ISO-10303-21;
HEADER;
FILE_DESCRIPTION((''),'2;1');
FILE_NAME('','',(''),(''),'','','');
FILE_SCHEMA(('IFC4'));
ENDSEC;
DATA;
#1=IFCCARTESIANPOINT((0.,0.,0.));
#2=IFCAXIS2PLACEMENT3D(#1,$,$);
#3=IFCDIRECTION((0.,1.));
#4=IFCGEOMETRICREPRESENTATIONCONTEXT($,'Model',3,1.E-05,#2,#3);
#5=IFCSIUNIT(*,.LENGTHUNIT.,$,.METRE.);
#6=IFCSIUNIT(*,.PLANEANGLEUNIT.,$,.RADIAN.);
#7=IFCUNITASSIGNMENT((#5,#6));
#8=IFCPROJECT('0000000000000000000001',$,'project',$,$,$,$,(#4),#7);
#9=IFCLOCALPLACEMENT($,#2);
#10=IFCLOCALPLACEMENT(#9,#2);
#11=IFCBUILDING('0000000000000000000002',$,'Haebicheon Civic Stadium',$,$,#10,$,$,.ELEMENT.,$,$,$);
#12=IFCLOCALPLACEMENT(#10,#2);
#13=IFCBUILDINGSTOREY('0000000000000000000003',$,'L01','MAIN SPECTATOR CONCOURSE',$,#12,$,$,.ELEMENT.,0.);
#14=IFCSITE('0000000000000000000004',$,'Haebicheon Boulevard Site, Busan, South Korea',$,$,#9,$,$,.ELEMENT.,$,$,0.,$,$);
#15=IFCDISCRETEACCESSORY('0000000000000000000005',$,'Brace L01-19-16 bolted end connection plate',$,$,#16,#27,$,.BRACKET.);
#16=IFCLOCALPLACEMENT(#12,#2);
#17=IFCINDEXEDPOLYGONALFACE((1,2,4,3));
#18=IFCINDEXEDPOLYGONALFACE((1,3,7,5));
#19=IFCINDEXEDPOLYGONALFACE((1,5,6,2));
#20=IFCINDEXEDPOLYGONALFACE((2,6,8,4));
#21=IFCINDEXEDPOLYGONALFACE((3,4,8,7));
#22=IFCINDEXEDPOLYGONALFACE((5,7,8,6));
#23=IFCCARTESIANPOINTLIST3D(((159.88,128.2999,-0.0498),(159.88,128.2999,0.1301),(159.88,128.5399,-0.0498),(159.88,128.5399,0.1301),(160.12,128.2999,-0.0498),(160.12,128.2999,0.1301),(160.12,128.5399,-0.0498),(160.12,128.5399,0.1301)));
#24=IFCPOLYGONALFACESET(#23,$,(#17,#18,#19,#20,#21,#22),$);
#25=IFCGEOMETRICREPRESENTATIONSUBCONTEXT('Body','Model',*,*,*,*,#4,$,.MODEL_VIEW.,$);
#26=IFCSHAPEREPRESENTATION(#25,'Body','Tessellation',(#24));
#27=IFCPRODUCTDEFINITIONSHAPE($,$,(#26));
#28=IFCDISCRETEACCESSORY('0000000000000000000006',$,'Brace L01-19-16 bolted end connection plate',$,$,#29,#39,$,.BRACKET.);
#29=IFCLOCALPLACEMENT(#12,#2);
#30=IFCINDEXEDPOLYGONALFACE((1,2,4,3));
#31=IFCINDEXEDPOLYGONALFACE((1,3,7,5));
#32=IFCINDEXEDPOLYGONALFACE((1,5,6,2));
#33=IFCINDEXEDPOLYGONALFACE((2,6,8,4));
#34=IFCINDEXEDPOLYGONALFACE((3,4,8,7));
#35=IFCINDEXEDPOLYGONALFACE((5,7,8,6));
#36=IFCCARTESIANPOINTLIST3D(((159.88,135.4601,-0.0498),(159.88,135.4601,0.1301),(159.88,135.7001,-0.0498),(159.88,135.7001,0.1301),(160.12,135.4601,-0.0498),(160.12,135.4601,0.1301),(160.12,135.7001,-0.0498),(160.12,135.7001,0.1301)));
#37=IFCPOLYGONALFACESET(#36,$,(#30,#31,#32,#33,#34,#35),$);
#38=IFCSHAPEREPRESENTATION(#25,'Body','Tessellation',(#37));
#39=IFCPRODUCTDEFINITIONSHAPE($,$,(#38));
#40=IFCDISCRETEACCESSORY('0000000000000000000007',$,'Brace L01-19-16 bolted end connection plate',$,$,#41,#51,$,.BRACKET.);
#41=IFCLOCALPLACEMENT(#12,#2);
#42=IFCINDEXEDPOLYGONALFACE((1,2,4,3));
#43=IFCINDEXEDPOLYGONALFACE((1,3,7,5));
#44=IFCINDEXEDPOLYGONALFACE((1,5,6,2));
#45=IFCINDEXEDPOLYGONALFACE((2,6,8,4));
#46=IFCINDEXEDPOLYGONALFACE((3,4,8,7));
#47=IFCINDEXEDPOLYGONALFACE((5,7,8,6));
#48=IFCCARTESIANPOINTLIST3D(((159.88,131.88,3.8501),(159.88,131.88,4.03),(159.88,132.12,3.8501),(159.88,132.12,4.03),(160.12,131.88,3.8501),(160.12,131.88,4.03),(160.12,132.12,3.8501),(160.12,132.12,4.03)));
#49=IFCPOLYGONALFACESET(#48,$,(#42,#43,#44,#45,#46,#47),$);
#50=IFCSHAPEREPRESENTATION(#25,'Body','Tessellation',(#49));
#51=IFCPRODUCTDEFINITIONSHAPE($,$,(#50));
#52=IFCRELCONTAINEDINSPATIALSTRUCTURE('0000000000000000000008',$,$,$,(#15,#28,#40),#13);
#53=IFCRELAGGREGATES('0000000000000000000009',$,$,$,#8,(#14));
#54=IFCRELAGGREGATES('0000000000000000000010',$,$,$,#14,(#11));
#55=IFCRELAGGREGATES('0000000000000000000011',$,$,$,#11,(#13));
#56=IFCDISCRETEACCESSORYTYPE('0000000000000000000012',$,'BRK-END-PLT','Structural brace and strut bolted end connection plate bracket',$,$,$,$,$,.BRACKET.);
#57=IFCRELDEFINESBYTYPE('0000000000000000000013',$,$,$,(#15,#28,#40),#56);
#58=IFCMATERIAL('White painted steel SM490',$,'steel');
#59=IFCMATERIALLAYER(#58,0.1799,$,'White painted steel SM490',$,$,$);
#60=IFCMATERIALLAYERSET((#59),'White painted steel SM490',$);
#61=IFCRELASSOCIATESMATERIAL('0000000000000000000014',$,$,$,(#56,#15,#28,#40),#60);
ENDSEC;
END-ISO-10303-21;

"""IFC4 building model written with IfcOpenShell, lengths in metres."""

from ifc_helpers import new_model, si_unit, direction, frame, origin, origin_2d, place, context, subcontext, project, spatial, rectangle, extrude, material, layer, layer_set, type_object, element, save


model = new_model("IFC4")

# Units and contexts
model_context = context("Model", 3, precision=1e-05, world=origin(), true_north=direction((0.0, 1.0)))
body_context = subcontext(model_context, "Body", "Model", "MODEL_VIEW")
ifc_project = project(units=[si_unit("LENGTHUNIT", "METRE"), si_unit("PLANEANGLEUNIT", "RADIAN")], contexts=[model_context])

# Site, building, storey
site_placement = place(None, origin())
site = spatial("IfcSite", under=ifc_project, at=site_placement, Name="Haebicheon Boulevard Site, Busan, South Korea", CompositionType="ELEMENT", RefElevation=0.0)
building_placement = place(site_placement, origin())
building = spatial("IfcBuilding", under=site, at=building_placement, Name="Haebicheon Civic Stadium", CompositionType="ELEMENT")
storey_placement = place(building_placement, origin())
storey = spatial("IfcBuildingStorey", under=building, at=storey_placement, Name="L01", Description="MAIN SPECTATOR CONCOURSE", CompositionType="ELEMENT", Elevation=0.0)

# Discrete accessories
ifc_material_1 = material(Name="White painted steel SM490", Category="steel")
ifc_layer_1 = layer(ifc_material_1, 0.1799, Name="White painted steel SM490")
ifc_layer_set_1 = layer_set([ifc_layer_1], Name="White painted steel SM490")
discrete_accessory_type_1 = type_object("IfcDiscreteAccessoryType", Name="BRK-END-PLT", Description="Structural brace and strut bolted end connection plate bracket", PredefinedType="BRACKET", material=ifc_layer_set_1)
for number, where, z_axis, x_axis, name in (
    (1, (160.0, 128.4199, -0.0498), (0.0, 0.0, 1.0), (1.0, 0.0, 0.0), "Brace L01-19-16 bolted end connection plate"),
    (2, (160.0, 135.5801, -0.0498), (0.0, 0.0, 1.0), (1.0, 0.0, 0.0), "Brace L01-19-16 bolted end connection plate"),
    (3, (160.0, 132.0, 3.8501), (0.0, 0.0, 1.0), (1.0, 0.0, 0.0), "Brace L01-19-16 bolted end connection plate"),
):
    element("IfcDiscreteAccessory", number, at=place(storey_placement, frame(where, z_axis=z_axis, x_axis=x_axis)), inside=storey, type_object=discrete_accessory_type_1, material=ifc_layer_set_1, Name=name, PredefinedType="BRACKET", context=body_context, shape_type="SweptSolid", body=[
        extrude(rectangle(XDim=0.24, YDim=0.24, at=origin_2d()), origin(), (0.0, 0.0, 1.0), 0.1799),
    ])

save(model, "model.ifc")
